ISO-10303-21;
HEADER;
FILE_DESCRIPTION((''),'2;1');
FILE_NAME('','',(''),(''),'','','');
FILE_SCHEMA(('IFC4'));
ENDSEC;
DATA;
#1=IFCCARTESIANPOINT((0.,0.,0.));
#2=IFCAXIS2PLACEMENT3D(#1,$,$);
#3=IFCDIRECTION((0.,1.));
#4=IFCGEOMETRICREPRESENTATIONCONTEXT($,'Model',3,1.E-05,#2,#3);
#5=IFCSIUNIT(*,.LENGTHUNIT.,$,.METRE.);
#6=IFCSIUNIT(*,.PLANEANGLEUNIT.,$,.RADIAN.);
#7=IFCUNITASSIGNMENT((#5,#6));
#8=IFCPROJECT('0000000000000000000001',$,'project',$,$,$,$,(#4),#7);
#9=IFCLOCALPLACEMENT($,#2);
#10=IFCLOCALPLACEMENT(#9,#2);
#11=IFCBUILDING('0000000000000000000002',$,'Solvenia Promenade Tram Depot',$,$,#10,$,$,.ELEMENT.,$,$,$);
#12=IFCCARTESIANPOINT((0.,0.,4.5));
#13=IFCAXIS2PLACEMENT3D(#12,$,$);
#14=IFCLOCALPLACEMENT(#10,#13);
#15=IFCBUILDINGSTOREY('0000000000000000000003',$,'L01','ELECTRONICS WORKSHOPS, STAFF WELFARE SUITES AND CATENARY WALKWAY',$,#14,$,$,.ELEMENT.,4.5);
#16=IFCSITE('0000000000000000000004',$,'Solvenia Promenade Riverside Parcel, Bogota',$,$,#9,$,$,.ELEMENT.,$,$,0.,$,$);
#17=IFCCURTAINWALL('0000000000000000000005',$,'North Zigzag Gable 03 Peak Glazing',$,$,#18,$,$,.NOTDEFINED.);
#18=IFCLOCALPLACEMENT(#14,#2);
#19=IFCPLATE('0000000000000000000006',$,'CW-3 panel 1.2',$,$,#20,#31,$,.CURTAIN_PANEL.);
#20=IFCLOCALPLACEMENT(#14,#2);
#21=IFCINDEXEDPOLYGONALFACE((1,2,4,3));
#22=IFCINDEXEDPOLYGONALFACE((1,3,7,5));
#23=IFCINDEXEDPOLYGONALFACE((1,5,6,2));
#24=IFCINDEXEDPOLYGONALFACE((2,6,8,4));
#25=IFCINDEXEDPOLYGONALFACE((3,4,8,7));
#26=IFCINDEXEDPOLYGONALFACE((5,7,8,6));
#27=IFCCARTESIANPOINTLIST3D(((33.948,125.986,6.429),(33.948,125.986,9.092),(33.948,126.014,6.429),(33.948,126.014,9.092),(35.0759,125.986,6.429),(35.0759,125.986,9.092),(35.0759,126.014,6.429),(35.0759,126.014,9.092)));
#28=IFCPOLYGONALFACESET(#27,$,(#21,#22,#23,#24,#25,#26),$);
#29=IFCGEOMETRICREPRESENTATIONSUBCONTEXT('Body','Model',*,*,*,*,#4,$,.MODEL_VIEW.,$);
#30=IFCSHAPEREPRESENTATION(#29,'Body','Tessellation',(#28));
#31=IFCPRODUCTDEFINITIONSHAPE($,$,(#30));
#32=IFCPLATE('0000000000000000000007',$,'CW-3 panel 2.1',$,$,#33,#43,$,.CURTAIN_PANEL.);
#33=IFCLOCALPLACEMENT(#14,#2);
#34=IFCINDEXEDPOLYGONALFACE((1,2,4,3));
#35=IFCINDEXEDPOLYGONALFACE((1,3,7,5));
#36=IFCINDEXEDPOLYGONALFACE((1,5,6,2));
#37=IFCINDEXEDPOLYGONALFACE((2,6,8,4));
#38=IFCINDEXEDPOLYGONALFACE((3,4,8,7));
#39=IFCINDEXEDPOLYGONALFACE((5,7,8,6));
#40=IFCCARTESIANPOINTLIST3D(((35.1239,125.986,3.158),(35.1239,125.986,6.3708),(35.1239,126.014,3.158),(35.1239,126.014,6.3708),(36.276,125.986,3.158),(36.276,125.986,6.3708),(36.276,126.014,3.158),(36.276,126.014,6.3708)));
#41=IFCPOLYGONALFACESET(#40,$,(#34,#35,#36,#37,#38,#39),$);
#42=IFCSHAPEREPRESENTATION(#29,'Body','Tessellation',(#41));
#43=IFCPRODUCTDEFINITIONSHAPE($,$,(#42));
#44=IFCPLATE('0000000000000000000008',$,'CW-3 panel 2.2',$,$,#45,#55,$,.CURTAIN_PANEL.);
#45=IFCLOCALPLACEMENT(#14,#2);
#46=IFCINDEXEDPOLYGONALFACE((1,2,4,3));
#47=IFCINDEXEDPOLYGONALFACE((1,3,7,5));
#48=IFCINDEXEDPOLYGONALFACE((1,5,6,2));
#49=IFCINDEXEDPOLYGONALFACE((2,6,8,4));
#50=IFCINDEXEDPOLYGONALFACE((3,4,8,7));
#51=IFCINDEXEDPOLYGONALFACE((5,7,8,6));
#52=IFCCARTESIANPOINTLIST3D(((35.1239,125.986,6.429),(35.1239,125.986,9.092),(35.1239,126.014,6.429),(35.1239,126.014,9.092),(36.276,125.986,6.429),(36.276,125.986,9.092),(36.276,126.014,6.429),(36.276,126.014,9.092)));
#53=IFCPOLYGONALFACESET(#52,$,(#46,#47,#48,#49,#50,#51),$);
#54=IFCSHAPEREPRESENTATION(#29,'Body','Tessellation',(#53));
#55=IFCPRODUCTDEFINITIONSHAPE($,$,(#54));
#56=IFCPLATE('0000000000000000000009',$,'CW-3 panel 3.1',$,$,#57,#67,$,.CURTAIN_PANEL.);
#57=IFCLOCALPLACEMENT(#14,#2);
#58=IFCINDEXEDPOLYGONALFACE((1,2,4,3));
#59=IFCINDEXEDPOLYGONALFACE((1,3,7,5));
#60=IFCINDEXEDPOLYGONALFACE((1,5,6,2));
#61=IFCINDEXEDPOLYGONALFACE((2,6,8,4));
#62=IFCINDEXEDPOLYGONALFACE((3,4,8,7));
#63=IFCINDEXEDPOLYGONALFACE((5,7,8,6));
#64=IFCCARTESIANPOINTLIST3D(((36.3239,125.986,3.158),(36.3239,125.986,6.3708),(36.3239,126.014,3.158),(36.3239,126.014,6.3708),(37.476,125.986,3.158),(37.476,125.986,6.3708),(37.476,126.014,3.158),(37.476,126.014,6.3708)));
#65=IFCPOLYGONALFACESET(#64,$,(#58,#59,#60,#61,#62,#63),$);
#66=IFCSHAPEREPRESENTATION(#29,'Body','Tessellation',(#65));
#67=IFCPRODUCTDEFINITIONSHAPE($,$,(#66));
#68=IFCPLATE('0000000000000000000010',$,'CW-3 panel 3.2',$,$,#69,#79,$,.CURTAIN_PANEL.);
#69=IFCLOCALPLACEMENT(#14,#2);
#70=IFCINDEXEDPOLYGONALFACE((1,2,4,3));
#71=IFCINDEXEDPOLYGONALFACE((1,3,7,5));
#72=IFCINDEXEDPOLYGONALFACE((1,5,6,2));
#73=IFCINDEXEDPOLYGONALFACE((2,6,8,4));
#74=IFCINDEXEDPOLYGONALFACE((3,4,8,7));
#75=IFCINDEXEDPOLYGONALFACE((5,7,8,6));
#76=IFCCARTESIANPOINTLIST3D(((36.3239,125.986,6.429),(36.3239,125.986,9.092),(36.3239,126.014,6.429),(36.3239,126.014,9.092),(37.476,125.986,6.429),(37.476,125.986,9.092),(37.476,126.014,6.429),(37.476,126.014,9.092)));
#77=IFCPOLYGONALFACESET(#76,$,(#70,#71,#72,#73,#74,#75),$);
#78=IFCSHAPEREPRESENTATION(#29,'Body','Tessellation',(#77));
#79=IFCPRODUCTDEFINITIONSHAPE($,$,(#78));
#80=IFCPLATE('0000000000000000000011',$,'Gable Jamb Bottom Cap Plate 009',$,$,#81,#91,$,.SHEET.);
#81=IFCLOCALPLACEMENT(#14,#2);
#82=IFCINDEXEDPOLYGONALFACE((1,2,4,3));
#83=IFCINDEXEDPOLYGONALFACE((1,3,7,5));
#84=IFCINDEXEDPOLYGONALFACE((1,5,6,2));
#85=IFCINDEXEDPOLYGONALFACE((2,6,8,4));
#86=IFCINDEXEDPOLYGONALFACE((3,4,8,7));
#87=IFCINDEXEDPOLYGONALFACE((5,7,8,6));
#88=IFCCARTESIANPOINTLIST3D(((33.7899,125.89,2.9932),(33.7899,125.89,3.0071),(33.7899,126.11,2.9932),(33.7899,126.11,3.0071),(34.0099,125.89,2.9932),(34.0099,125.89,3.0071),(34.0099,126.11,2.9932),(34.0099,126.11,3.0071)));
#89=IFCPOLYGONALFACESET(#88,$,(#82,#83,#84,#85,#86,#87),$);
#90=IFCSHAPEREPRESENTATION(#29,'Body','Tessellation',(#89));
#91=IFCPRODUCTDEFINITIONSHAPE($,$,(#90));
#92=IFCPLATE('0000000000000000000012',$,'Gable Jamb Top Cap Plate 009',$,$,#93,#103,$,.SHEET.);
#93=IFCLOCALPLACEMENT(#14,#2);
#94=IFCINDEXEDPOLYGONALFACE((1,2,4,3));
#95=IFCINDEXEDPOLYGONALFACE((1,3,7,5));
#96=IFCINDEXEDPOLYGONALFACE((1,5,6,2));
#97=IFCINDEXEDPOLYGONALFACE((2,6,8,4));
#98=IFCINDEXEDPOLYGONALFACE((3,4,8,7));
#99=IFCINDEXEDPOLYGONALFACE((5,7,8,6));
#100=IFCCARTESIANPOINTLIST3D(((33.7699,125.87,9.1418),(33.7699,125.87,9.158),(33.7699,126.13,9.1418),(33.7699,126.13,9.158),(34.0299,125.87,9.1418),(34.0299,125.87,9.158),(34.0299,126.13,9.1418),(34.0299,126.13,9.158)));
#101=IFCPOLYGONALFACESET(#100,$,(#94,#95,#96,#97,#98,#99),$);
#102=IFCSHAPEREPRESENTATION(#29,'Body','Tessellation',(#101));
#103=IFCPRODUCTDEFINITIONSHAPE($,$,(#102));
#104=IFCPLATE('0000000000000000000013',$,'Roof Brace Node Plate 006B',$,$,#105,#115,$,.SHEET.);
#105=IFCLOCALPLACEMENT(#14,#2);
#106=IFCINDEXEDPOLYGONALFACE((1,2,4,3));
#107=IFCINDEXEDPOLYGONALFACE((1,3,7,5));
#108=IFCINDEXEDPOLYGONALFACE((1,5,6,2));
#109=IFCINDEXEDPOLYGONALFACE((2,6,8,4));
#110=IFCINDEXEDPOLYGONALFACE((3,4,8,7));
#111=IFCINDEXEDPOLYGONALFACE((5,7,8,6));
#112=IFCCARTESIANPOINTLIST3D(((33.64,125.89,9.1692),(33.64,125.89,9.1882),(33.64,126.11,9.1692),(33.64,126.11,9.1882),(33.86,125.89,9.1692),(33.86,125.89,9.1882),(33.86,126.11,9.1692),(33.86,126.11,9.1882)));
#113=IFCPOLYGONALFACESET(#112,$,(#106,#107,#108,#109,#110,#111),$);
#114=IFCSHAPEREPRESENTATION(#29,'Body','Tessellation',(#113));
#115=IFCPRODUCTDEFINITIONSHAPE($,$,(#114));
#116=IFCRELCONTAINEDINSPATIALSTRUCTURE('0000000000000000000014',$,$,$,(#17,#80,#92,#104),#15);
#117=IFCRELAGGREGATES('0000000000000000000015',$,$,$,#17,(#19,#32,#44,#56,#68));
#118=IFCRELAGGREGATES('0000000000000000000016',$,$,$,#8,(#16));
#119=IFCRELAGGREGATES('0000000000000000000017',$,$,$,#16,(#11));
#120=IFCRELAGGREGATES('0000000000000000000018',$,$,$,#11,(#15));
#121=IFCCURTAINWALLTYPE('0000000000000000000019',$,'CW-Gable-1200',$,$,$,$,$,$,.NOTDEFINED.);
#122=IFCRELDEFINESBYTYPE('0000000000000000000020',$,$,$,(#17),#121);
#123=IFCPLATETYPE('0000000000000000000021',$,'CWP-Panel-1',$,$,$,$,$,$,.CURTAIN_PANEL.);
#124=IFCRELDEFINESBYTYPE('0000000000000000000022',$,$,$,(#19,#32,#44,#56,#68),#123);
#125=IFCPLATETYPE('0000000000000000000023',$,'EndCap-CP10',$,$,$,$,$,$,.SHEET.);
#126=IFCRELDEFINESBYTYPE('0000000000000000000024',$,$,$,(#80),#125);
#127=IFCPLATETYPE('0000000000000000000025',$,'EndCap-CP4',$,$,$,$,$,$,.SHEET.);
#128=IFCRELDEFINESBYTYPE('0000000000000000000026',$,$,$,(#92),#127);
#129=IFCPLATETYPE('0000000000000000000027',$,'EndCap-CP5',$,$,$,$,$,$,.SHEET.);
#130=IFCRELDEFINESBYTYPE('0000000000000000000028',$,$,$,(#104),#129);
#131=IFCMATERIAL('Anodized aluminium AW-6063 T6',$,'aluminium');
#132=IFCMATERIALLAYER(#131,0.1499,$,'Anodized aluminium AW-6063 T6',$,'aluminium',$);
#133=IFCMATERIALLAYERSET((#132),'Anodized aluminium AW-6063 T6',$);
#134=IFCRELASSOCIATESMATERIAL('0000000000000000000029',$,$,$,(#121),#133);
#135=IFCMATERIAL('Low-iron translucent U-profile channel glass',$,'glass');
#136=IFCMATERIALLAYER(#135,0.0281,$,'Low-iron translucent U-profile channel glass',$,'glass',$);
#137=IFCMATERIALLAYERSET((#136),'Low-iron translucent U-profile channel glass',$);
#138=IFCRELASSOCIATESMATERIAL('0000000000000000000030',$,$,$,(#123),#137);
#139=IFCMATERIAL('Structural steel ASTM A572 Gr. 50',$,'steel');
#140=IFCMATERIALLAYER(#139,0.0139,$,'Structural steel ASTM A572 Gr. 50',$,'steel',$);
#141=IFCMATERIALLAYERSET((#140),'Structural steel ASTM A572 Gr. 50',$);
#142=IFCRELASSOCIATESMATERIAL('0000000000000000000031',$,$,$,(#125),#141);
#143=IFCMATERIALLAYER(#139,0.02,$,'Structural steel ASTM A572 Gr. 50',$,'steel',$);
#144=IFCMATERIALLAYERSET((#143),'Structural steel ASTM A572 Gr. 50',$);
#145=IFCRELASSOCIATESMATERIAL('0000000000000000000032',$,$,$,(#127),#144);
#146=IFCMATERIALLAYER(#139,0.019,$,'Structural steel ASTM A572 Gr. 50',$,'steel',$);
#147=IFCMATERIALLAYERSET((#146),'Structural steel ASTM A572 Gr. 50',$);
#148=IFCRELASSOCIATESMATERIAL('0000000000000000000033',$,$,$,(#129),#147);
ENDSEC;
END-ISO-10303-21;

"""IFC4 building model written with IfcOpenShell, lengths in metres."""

from ifc_helpers import new_model, si_unit, direction, frame, origin, origin_2d, place, context, subcontext, project, spatial, rectangle, extrude, material, layer, layer_set, type_object, element, aggregate, save


model = new_model("IFC4")

# Units and contexts
model_context = context("Model", 3, precision=1e-05, world=origin(), true_north=direction((0.0, 1.0)))
body_context = subcontext(model_context, "Body", "Model", "MODEL_VIEW")
ifc_project = project(units=[si_unit("LENGTHUNIT", "METRE"), si_unit("PLANEANGLEUNIT", "RADIAN")], contexts=[model_context])

# Site, building, storey
site_placement = place(None, origin())
site = spatial("IfcSite", under=ifc_project, at=site_placement, Name="Solvenia Promenade Riverside Parcel, Bogota", CompositionType="ELEMENT", RefElevation=0.0)
building_placement = place(site_placement, origin())
building = spatial("IfcBuilding", under=site, at=building_placement, Name="Solvenia Promenade Tram Depot", CompositionType="ELEMENT")
storey_placement = place(building_placement, frame((0.0, 0.0, 4.5)))
storey = spatial("IfcBuildingStorey", under=building, at=storey_placement, Name="L01", Description="ELECTRONICS WORKSHOPS, STAFF WELFARE SUITES AND CATENARY WALKWAY", CompositionType="ELEMENT", Elevation=4.5)

# Curtain wall
ifc_material_1 = material(Name="Anodized aluminium AW-6063 T6", Category="aluminium")
ifc_layer_1 = layer(ifc_material_1, 0.1499, Name="Anodized aluminium AW-6063 T6", Category="aluminium")
ifc_layer_set_1 = layer_set([ifc_layer_1], Name="Anodized aluminium AW-6063 T6")
curtain_wall_type = type_object("IfcCurtainWallType", Name="CW-Gable-1200", PredefinedType="NOTDEFINED", material=ifc_layer_set_1)
curtain_wall_placement = place(storey_placement, origin())
curtain_wall = element("IfcCurtainWall", 1, at=curtain_wall_placement, inside=storey, type_object=curtain_wall_type, Name="North Zigzag Gable 03 Peak Glazing", PredefinedType="NOTDEFINED")

# Plates
ifc_material_2 = material(Name="Low-iron translucent U-profile channel glass", Category="glass")
ifc_layer_2 = layer(ifc_material_2, 0.0281, Name="Low-iron translucent U-profile channel glass", Category="glass")
ifc_layer_set_2 = layer_set([ifc_layer_2], Name="Low-iron translucent U-profile channel glass")
plate_type_1 = type_object("IfcPlateType", Name="CWP-Panel-1", PredefinedType="CURTAIN_PANEL", material=ifc_layer_set_2)
plate_1_placement = place(storey_placement, frame((34.512, 126.0, 6.429), z_axis=(0.0, 0.0, 1.0), x_axis=(1.0, 0.0, 0.0)))
plate_1 = element("IfcPlate", 2, at=plate_1_placement, type_object=plate_type_1, Name="CW-3 panel 1.2", PredefinedType="CURTAIN_PANEL", context=body_context, shape_type="SweptSolid", body=[
    extrude(rectangle(XDim=1.1279, YDim=0.0281, at=origin_2d()), origin(), (0.0, 0.0, 1.0), 2.6631),
])
plate_2_placement = place(storey_placement, frame((35.7, 126.0, 3.158), z_axis=(0.0, 0.0, 1.0), x_axis=(1.0, 0.0, 0.0)))
plate_2 = element("IfcPlate", 3, at=plate_2_placement, type_object=plate_type_1, Name="CW-3 panel 2.1", PredefinedType="CURTAIN_PANEL", context=body_context, shape_type="SweptSolid", body=[
    extrude(rectangle(XDim=1.1521, YDim=0.0281, at=origin_2d()), origin(), (0.0, 0.0, 1.0), 3.2129),
])
plate_3_placement = place(storey_placement, frame((35.7, 126.0, 6.429), z_axis=(0.0, 0.0, 1.0), x_axis=(1.0, 0.0, 0.0)))
plate_3 = element("IfcPlate", 4, at=plate_3_placement, type_object=plate_type_1, Name="CW-3 panel 2.2", PredefinedType="CURTAIN_PANEL", context=body_context, shape_type="SweptSolid", body=[
    extrude(rectangle(XDim=1.1521, YDim=0.0281, at=origin_2d()), origin(), (0.0, 0.0, 1.0), 2.6631),
])
plate_4_placement = place(storey_placement, frame((36.8999, 126.0, 3.158), z_axis=(0.0, 0.0, 1.0), x_axis=(1.0, 0.0, 0.0)))
plate_4 = element("IfcPlate", 5, at=plate_4_placement, type_object=plate_type_1, Name="CW-3 panel 3.1", PredefinedType="CURTAIN_PANEL", context=body_context, shape_type="SweptSolid", body=[
    extrude(rectangle(XDim=1.1521, YDim=0.0281, at=origin_2d()), origin(), (0.0, 0.0, 1.0), 3.2129),
])
plate_5_placement = place(storey_placement, frame((36.8999, 126.0, 6.429), z_axis=(0.0, 0.0, 1.0), x_axis=(1.0, 0.0, 0.0)))
plate_5 = element("IfcPlate", 6, at=plate_5_placement, type_object=plate_type_1, Name="CW-3 panel 3.2", PredefinedType="CURTAIN_PANEL", context=body_context, shape_type="SweptSolid", body=[
    extrude(rectangle(XDim=1.1521, YDim=0.0281, at=origin_2d()), origin(), (0.0, 0.0, 1.0), 2.6631),
])
aggregate(curtain_wall, [plate_1, plate_2, plate_3, plate_4, plate_5])

# Plates
ifc_material_3 = material(Name="Structural steel ASTM A572 Gr. 50", Category="steel")
ifc_layer_3 = layer(ifc_material_3, 0.0139, Name="Structural steel ASTM A572 Gr. 50", Category="steel")
ifc_layer_set_3 = layer_set([ifc_layer_3], Name="Structural steel ASTM A572 Gr. 50")
plate_type_2 = type_object("IfcPlateType", Name="EndCap-CP10", PredefinedType="SHEET", material=ifc_layer_set_3)
plate_6_placement = place(storey_placement, frame((33.8999, 126.0, 2.9932), z_axis=(0.0, 0.0, 1.0), x_axis=(1.0, 0.0, 0.0)))
element("IfcPlate", 7, at=plate_6_placement, inside=storey, type_object=plate_type_2, Name="Gable Jamb Bottom Cap Plate 009", PredefinedType="SHEET", context=body_context, shape_type="SweptSolid", body=[
    extrude(rectangle(XDim=0.22, YDim=0.22, at=origin_2d()), origin(), (0.0, 0.0, 1.0), 0.0139),
])
ifc_layer_4 = layer(ifc_material_3, 0.02, Name="Structural steel ASTM A572 Gr. 50", Category="steel")
ifc_layer_set_4 = layer_set([ifc_layer_4], Name="Structural steel ASTM A572 Gr. 50")
plate_type_3 = type_object("IfcPlateType", Name="EndCap-CP4", PredefinedType="SHEET", material=ifc_layer_set_4)
plate_7_placement = place(storey_placement, frame((33.8999, 126.0, 9.1418), z_axis=(0.0, 0.0, 1.0), x_axis=(1.0, 0.0, 0.0)))
element("IfcPlate", 8, at=plate_7_placement, inside=storey, type_object=plate_type_3, Name="Gable Jamb Top Cap Plate 009", PredefinedType="SHEET", context=body_context, shape_type="SweptSolid", body=[
    extrude(rectangle(XDim=0.26, YDim=0.26, at=origin_2d()), origin(), (0.0, 0.0, 1.0), 0.0161),
])
ifc_layer_5 = layer(ifc_material_3, 0.019, Name="Structural steel ASTM A572 Gr. 50", Category="steel")
ifc_layer_set_5 = layer_set([ifc_layer_5], Name="Structural steel ASTM A572 Gr. 50")
plate_type_4 = type_object("IfcPlateType", Name="EndCap-CP5", PredefinedType="SHEET", material=ifc_layer_set_5)
plate_8_placement = place(storey_placement, frame((33.75, 126.0, 9.1692), z_axis=(0.0, 0.0, 1.0), x_axis=(1.0, 0.0, 0.0)))
element("IfcPlate", 9, at=plate_8_placement, inside=storey, type_object=plate_type_4, Name="Roof Brace Node Plate 006B", PredefinedType="SHEET", context=body_context, shape_type="SweptSolid", body=[
    extrude(rectangle(XDim=0.22, YDim=0.22, at=origin_2d()), origin(), (0.0, 0.0, 1.0), 0.019),
])

save(model, "model.ifc")
